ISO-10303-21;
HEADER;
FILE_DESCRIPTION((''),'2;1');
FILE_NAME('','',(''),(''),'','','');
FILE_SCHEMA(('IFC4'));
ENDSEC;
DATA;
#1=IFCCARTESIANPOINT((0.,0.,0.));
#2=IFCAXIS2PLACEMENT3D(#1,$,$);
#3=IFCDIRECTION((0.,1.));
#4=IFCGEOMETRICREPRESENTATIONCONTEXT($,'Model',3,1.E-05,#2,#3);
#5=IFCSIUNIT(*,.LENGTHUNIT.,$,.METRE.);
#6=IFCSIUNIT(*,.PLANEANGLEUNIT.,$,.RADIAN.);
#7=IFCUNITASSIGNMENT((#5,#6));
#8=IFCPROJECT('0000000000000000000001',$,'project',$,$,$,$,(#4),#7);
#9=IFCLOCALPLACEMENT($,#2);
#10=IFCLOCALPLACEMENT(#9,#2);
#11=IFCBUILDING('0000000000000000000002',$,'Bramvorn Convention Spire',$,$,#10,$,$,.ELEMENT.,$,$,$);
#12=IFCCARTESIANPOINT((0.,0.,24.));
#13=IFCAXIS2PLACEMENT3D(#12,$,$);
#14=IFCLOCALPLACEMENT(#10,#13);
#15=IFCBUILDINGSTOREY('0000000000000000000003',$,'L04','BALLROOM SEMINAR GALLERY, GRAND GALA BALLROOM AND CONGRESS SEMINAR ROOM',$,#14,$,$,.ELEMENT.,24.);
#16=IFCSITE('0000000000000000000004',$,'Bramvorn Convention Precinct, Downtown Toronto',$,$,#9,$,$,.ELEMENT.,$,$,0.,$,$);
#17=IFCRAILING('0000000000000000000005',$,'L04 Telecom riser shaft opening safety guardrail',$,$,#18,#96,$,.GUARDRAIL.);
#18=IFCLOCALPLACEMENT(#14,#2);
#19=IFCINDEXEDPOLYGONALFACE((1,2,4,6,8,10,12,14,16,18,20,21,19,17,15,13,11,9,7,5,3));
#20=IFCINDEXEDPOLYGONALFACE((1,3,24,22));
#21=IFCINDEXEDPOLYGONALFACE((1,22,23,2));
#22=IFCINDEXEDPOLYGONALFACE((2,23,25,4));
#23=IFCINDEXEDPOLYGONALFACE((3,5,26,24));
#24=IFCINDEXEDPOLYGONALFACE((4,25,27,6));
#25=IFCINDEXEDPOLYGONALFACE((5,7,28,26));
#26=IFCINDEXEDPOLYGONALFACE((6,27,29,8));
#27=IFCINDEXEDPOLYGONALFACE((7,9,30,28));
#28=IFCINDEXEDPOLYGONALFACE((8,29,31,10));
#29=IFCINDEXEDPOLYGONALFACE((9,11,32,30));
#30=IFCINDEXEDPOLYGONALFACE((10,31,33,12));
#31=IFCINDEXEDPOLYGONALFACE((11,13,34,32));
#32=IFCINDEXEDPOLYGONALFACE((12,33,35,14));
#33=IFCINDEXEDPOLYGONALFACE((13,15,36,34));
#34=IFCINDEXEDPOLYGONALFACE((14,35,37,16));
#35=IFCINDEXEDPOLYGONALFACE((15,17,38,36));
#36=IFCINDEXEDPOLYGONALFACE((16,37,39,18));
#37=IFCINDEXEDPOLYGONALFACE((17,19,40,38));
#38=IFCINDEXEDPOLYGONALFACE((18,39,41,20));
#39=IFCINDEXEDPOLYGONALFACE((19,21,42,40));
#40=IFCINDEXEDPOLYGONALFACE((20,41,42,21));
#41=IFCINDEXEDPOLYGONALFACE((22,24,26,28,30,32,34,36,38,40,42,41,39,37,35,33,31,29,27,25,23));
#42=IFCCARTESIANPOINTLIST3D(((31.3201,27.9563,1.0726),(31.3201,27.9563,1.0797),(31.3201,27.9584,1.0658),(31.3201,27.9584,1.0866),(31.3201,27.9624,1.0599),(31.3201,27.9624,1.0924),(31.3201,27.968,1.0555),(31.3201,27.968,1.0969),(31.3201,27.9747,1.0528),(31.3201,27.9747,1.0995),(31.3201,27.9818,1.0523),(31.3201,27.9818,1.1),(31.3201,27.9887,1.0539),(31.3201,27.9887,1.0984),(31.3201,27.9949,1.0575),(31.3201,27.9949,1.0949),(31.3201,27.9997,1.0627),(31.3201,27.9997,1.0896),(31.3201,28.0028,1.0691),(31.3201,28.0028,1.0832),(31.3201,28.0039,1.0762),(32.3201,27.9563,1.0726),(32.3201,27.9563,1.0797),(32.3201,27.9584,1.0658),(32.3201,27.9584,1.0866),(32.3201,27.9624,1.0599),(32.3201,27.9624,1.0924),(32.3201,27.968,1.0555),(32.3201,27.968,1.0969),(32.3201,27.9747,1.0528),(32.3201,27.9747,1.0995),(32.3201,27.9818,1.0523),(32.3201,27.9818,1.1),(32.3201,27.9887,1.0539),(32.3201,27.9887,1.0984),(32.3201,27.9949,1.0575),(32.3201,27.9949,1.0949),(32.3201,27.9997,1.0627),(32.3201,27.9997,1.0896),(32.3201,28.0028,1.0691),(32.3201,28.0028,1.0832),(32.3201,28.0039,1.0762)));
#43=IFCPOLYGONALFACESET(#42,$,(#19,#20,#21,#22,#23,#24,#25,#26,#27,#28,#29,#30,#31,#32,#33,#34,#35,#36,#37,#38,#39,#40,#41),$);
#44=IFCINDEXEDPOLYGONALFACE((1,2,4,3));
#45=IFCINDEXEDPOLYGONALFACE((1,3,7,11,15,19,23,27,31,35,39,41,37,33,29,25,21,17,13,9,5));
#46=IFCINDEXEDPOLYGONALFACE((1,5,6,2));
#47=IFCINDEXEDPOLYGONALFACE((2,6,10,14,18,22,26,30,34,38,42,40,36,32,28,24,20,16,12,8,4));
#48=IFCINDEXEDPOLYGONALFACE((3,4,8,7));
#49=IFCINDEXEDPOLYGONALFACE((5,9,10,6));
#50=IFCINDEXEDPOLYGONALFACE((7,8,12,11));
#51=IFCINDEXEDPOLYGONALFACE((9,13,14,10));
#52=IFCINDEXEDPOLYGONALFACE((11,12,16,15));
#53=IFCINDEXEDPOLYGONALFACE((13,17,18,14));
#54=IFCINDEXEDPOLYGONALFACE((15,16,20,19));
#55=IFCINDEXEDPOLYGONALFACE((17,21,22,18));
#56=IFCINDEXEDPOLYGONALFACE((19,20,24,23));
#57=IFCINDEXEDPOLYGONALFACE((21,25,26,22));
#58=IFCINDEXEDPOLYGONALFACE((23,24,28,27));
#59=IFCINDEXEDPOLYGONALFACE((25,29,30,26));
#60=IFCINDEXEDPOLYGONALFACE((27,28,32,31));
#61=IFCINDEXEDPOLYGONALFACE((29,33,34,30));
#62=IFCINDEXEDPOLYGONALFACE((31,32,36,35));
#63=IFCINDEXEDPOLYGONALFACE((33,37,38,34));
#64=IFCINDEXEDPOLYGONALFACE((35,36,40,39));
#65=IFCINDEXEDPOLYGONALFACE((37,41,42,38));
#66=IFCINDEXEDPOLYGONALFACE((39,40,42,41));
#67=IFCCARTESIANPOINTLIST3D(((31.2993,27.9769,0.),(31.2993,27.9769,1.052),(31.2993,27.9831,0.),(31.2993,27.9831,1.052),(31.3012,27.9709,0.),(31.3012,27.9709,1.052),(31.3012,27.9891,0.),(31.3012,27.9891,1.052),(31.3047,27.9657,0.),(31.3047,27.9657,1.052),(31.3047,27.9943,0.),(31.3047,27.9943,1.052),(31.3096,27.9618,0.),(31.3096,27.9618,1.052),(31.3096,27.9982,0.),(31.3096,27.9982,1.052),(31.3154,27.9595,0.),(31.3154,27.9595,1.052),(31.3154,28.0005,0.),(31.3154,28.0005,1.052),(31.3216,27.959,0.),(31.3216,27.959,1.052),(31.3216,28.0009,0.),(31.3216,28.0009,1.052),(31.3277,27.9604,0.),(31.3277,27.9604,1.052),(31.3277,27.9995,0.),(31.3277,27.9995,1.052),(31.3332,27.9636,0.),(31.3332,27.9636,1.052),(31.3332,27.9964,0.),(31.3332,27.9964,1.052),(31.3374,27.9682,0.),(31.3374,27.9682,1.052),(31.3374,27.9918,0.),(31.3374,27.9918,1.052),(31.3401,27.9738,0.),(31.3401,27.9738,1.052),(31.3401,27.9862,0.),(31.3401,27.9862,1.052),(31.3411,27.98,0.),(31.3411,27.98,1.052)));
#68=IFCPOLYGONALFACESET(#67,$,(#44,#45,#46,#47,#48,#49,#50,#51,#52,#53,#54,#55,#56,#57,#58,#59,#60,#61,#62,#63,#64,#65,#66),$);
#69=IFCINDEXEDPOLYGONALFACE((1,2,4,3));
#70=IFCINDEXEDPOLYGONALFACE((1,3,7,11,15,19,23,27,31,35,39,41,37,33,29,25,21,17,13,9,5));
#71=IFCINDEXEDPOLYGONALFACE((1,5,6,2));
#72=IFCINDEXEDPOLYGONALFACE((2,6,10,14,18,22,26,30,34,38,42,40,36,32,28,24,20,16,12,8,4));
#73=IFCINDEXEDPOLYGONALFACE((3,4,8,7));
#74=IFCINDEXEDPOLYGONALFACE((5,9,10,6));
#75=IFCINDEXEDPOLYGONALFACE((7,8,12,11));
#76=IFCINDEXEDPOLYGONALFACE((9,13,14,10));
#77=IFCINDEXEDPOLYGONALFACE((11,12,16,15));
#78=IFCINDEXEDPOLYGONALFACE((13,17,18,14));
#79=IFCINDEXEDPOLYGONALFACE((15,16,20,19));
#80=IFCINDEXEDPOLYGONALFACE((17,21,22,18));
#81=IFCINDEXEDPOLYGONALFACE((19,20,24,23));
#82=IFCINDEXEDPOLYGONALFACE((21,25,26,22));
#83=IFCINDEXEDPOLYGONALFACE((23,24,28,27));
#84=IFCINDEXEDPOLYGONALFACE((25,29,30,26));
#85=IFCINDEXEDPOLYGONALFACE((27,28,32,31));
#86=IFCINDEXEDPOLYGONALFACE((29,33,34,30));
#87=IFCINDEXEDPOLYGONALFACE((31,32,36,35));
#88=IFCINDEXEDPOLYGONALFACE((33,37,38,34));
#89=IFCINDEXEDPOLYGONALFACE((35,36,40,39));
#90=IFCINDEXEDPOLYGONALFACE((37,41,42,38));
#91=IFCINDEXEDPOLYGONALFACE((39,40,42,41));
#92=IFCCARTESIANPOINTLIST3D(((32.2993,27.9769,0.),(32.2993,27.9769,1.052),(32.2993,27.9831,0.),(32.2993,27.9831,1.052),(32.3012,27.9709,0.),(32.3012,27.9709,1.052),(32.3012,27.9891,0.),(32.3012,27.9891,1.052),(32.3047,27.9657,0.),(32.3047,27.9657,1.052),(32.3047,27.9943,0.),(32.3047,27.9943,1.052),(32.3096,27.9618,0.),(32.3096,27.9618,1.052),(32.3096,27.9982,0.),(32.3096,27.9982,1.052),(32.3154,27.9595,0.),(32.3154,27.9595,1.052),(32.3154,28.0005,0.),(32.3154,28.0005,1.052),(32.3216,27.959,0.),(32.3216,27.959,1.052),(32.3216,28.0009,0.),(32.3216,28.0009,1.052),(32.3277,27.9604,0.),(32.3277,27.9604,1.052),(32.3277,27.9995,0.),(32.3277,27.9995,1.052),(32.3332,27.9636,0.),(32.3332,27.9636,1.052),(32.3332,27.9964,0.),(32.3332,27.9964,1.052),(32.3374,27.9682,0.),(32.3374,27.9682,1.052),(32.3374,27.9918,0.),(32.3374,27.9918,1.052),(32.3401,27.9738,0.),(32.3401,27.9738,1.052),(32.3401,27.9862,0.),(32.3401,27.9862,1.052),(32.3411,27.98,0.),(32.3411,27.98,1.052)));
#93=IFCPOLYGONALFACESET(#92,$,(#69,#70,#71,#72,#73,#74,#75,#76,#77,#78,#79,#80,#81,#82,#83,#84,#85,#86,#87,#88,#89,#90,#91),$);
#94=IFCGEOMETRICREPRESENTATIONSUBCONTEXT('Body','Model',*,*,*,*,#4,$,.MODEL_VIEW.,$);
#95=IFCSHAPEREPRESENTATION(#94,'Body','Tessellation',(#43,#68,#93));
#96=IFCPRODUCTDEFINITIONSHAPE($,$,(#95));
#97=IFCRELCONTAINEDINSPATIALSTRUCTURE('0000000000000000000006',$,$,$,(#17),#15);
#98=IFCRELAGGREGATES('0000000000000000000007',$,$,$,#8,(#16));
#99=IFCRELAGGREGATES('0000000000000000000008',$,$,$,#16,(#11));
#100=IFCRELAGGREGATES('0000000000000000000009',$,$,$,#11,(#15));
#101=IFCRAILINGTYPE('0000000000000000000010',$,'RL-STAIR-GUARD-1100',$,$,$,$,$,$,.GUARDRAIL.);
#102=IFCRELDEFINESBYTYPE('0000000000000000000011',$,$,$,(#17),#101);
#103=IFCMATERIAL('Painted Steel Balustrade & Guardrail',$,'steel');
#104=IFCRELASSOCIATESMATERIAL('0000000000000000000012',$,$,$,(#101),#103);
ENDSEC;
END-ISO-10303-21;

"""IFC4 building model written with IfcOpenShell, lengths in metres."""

from ifc_helpers import new_model, si_unit, direction, frame, origin, origin_2d, place, context, subcontext, project, spatial, circle, extrude, material, type_object, element, save


model = new_model("IFC4")

# Units and contexts
model_context = context("Model", 3, precision=1e-05, world=origin(), true_north=direction((0.0, 1.0)))
body_context = subcontext(model_context, "Body", "Model", "MODEL_VIEW")
ifc_project = project(units=[si_unit("LENGTHUNIT", "METRE"), si_unit("PLANEANGLEUNIT", "RADIAN")], contexts=[model_context])

# Site, building, storey
site_placement = place(None, origin())
site = spatial("IfcSite", under=ifc_project, at=site_placement, Name="Bramvorn Convention Precinct, Downtown Toronto", CompositionType="ELEMENT", RefElevation=0.0)
building_placement = place(site_placement, origin())
building = spatial("IfcBuilding", under=site, at=building_placement, Name="Bramvorn Convention Spire", CompositionType="ELEMENT")
storey_placement = place(building_placement, frame((0.0, 0.0, 24.0)))
storey = spatial("IfcBuildingStorey", under=building, at=storey_placement, Name="L04", Description="BALLROOM SEMINAR GALLERY, GRAND GALA BALLROOM AND CONGRESS SEMINAR ROOM", CompositionType="ELEMENT", Elevation=24.0)

# Railing
ifc_material_1 = material(Name="Painted Steel Balustrade & Guardrail", Category="steel")
railing_type = type_object("IfcRailingType", Name="RL-STAIR-GUARD-1100", PredefinedType="GUARDRAIL", material=ifc_material_1)
railing_placement = place(storey_placement, frame((31.3201, 27.98, 0.0)))
element("IfcRailing", 1, at=railing_placement, inside=storey, type_object=railing_type, Name="L04 Telecom riser shaft opening safety guardrail", PredefinedType="GUARDRAIL", context=body_context, shape_type="SweptSolid", body=[
    extrude(circle(Radius=0.0239, at=origin_2d()), frame((0.0, 0.0, 1.0762), z_axis=(1.0, 0.0, 0.0), x_axis=(0.0, 1.0, 0.0)), (0.0, 0.0, 1.0), 1.0),
    extrude(circle(Radius=0.021, at=origin_2d()), origin(), (0.0, 0.0, 1.0), 1.052),
    extrude(circle(Radius=0.021, at=origin_2d()), frame((1.0, 0.0, 0.0)), (0.0, 0.0, 1.0), 1.052),
])

save(model, "model.ifc")
